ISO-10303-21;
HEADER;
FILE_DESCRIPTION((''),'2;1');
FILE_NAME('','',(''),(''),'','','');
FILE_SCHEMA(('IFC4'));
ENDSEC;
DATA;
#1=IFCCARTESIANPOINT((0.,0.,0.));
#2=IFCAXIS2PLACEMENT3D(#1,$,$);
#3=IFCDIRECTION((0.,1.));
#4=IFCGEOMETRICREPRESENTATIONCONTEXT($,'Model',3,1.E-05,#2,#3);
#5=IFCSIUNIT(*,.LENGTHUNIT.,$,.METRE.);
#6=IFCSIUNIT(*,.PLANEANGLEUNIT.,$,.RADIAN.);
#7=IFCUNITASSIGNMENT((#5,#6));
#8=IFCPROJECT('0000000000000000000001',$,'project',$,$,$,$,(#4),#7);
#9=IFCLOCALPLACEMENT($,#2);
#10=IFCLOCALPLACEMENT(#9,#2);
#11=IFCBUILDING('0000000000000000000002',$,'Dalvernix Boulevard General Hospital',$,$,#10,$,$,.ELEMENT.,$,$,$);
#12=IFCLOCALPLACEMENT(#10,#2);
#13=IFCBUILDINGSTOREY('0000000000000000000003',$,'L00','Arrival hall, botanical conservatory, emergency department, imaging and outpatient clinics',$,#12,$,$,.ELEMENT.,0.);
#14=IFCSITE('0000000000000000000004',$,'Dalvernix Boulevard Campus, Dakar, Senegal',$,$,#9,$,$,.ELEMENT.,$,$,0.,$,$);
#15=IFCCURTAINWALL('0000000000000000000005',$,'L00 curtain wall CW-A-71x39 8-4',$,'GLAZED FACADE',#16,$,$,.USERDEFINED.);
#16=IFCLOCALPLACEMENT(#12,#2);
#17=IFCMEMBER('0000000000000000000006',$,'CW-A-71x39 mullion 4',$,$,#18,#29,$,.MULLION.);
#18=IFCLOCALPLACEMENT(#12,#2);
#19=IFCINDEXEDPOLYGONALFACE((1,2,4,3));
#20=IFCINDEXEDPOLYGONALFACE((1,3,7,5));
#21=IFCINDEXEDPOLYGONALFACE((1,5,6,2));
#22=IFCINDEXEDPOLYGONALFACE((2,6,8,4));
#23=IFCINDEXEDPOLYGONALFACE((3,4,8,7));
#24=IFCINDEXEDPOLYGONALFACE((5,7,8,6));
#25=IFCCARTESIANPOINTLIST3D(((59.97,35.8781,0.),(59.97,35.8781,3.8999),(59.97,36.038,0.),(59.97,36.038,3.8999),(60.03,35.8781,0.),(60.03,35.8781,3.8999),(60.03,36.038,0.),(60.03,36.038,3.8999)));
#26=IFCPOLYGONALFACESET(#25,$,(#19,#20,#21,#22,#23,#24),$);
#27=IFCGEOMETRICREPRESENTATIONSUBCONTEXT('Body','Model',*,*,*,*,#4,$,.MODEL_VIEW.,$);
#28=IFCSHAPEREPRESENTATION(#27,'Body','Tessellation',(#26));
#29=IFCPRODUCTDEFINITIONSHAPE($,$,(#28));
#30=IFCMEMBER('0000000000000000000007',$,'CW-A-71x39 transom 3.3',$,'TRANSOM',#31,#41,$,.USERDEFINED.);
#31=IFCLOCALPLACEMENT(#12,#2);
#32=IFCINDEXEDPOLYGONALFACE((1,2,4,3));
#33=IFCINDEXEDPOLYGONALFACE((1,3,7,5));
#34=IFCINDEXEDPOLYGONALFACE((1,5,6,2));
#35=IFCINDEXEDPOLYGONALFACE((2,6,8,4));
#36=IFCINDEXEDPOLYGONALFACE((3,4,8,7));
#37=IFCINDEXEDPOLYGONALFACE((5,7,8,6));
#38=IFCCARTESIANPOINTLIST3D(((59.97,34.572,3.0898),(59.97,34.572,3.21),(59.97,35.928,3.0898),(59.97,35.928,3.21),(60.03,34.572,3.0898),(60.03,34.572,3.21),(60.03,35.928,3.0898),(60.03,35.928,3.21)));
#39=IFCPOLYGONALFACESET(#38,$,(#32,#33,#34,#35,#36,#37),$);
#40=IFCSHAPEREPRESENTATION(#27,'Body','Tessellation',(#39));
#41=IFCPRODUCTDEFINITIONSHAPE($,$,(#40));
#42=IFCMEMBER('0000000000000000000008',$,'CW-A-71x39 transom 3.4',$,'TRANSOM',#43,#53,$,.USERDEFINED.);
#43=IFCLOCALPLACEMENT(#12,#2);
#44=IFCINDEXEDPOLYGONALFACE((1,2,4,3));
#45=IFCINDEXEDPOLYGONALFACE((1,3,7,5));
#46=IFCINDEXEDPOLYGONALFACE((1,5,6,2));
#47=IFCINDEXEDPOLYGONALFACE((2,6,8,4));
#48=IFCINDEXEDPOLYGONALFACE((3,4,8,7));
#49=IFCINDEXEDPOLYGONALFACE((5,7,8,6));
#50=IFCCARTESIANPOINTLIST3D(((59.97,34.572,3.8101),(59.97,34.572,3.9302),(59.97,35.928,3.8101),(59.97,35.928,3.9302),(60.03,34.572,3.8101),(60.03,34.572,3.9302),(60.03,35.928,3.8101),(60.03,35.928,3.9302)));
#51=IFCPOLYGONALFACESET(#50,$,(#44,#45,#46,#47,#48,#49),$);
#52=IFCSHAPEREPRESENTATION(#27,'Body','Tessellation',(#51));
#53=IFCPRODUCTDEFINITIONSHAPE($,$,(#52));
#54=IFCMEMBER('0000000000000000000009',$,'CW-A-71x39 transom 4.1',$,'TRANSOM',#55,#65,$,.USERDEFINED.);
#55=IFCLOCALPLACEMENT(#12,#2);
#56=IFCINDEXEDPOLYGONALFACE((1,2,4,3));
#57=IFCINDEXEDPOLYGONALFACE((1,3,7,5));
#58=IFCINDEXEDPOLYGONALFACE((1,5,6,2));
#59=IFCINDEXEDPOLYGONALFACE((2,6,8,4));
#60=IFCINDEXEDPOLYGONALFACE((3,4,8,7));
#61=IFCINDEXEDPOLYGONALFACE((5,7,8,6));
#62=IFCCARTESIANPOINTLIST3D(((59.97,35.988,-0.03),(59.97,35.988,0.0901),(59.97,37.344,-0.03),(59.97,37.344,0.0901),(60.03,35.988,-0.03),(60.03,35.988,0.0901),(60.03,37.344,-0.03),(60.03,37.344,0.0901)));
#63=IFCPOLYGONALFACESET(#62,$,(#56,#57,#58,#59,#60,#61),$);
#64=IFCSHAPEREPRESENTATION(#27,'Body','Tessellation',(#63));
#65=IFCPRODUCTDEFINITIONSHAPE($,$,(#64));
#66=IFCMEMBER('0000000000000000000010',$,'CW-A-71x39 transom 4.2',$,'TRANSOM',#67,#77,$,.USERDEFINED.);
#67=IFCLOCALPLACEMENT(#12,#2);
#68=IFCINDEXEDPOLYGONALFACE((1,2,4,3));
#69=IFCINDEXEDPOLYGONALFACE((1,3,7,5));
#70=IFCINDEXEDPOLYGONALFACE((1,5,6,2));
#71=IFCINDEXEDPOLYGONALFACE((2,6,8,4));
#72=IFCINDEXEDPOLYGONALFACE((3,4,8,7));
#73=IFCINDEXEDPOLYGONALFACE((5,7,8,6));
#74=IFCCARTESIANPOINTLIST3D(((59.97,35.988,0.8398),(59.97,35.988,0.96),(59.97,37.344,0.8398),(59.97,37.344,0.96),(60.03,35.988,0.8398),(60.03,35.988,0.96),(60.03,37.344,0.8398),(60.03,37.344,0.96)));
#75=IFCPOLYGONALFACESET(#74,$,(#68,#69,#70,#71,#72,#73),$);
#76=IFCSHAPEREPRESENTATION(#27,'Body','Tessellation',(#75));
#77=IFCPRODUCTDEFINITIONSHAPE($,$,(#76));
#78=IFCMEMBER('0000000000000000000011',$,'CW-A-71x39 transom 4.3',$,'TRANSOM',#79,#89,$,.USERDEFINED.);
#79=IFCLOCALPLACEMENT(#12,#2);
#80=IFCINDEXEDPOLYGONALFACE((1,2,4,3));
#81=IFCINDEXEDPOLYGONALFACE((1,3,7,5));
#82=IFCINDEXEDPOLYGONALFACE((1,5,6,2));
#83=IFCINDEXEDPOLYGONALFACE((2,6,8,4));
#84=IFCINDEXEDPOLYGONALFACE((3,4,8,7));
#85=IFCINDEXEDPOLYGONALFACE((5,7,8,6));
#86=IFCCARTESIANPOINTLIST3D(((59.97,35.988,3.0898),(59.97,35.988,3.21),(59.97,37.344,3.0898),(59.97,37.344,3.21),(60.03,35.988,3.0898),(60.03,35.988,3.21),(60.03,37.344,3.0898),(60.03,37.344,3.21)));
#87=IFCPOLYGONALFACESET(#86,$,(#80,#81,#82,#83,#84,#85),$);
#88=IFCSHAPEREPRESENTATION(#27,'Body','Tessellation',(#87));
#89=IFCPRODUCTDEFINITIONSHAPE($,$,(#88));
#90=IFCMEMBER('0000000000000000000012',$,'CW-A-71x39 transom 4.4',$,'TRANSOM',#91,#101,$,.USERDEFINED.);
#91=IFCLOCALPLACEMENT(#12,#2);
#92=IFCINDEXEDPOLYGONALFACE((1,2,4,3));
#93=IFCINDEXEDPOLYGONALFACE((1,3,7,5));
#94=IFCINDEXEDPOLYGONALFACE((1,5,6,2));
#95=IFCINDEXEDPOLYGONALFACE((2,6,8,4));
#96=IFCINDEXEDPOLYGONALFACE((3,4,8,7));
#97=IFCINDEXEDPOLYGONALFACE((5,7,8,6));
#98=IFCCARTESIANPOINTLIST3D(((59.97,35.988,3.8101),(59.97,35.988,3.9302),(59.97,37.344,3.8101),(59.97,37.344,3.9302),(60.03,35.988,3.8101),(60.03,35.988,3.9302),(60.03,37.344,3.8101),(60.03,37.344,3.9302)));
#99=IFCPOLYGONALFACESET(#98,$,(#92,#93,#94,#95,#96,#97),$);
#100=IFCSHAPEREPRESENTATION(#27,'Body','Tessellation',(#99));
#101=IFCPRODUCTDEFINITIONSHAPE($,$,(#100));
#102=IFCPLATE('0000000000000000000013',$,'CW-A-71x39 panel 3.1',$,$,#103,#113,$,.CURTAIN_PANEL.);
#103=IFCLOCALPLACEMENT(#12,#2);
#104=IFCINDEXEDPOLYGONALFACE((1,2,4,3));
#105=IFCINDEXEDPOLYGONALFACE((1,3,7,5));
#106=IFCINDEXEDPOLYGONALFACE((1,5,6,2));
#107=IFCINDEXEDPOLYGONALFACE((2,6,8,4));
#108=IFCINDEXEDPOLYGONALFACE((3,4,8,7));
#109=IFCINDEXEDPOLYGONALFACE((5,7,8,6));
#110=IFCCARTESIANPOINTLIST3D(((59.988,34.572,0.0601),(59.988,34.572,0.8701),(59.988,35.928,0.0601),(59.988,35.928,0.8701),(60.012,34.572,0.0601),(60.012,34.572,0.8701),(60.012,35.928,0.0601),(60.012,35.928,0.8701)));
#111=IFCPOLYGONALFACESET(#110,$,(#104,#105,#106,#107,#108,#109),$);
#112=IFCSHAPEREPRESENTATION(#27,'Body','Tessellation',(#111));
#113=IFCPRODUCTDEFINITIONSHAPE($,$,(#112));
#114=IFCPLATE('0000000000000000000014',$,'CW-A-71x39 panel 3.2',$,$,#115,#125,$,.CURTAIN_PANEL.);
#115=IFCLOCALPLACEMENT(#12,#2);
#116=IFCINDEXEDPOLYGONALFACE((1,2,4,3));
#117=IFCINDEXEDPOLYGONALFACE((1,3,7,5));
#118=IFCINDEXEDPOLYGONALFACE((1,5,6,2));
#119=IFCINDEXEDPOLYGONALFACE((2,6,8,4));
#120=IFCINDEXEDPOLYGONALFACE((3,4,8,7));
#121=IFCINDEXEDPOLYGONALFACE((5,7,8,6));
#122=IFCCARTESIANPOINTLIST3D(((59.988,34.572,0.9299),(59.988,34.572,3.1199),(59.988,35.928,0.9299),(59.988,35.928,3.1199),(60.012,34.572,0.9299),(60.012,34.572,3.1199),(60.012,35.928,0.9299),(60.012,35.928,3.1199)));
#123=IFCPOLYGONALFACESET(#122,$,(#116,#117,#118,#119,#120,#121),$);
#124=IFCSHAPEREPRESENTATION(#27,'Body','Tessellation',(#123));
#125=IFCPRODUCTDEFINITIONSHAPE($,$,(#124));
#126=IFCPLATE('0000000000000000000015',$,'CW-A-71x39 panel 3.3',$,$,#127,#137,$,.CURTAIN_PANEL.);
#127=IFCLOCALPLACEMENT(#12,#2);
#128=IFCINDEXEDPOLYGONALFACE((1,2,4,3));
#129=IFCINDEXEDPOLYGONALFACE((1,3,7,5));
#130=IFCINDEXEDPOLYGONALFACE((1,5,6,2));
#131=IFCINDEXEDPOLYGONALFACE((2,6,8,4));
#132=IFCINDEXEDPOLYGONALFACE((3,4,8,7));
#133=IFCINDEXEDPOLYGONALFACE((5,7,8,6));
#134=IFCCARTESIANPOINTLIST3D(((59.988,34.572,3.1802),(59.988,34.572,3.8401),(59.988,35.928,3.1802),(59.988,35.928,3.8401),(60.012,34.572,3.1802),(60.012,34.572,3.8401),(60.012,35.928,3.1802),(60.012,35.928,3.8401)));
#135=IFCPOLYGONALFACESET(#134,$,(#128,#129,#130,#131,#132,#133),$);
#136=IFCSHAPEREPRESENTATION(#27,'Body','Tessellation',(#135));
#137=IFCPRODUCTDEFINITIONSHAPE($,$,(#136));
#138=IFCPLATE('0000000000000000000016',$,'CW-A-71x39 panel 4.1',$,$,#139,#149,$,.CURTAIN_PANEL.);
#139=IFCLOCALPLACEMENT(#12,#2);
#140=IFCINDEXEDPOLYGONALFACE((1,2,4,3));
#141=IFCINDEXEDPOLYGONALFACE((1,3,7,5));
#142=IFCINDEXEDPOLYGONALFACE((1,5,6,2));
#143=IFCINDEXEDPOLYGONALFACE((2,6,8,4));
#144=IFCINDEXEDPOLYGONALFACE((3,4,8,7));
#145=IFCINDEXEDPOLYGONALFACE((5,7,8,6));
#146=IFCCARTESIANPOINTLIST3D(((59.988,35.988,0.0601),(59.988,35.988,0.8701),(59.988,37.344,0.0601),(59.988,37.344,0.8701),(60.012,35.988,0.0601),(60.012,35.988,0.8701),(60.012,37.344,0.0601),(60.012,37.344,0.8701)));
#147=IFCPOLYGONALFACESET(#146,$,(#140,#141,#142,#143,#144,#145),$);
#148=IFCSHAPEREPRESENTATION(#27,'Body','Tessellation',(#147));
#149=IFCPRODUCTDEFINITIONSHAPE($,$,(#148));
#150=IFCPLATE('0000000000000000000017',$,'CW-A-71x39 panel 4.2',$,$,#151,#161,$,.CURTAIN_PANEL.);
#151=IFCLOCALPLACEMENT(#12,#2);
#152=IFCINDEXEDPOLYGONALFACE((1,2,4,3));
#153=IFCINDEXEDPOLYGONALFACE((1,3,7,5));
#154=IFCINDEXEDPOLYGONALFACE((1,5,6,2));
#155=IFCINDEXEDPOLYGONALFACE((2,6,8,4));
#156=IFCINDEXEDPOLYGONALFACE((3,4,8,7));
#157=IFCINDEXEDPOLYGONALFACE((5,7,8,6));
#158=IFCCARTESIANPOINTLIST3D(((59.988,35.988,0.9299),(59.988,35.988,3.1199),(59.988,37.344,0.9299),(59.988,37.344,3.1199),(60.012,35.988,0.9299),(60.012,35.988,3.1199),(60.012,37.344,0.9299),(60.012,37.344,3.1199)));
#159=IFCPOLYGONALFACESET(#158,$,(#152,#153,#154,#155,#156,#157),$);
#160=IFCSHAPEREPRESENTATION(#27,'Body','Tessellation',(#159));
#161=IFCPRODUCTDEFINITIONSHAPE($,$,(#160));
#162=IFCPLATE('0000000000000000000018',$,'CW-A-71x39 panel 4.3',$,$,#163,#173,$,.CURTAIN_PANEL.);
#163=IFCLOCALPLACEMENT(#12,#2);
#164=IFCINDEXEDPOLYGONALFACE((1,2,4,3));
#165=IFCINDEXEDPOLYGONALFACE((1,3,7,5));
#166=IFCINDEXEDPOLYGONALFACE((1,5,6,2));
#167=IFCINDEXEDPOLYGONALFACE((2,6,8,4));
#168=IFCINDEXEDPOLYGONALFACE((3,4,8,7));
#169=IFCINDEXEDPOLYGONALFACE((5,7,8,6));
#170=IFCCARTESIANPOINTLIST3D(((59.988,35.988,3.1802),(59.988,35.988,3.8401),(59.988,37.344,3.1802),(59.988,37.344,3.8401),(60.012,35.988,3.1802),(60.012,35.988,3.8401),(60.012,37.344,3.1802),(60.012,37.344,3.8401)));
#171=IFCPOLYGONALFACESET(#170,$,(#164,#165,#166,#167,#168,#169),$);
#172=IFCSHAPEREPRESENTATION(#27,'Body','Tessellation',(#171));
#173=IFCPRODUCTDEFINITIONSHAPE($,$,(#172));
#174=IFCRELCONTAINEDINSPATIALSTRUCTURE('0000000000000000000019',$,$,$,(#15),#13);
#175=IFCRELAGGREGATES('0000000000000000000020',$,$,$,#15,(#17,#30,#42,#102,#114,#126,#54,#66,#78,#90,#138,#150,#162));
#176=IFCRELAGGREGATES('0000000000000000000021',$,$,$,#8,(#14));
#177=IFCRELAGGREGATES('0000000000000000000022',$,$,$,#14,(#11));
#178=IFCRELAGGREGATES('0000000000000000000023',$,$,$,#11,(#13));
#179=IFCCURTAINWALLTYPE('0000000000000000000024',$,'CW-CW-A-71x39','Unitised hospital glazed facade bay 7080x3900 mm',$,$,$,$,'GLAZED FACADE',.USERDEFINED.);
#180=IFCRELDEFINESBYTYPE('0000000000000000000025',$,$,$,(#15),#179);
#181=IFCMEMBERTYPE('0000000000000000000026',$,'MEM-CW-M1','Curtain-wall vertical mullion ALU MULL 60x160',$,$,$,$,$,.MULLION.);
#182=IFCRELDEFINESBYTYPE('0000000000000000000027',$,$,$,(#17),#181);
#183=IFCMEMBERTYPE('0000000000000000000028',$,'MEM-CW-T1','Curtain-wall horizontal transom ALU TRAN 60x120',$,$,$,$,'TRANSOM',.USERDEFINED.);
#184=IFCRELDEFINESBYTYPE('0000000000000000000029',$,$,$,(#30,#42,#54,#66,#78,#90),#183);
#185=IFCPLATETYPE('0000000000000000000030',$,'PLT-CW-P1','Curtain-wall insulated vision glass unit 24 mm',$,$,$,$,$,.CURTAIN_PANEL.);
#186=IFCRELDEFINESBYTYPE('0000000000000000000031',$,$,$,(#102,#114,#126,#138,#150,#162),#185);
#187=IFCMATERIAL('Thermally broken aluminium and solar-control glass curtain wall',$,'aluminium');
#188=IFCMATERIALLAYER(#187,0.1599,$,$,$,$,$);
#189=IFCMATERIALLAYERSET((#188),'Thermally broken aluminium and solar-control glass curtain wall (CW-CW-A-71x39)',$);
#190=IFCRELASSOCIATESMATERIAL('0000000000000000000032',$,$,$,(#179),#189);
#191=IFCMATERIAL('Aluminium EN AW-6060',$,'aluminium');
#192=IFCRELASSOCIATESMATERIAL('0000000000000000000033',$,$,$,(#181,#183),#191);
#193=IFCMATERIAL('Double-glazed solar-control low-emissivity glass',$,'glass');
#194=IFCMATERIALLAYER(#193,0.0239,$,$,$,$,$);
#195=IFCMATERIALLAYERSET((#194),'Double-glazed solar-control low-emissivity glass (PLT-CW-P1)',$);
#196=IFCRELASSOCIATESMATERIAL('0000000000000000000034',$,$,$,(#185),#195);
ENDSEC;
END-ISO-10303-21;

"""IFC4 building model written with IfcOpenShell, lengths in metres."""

from ifc_helpers import new_model, si_unit, direction, frame, origin, origin_2d, place, context, subcontext, project, spatial, rectangle, extrude, material, layer, layer_set, material_profile, profile_set, type_object, element, aggregate, save


model = new_model("IFC4")

# Units and contexts
model_context = context("Model", 3, precision=1e-05, world=origin(), true_north=direction((0.0, 1.0)))
body_context = subcontext(model_context, "Body", "Model", "MODEL_VIEW")
ifc_project = project(units=[si_unit("LENGTHUNIT", "METRE"), si_unit("PLANEANGLEUNIT", "RADIAN")], contexts=[model_context])

# Site, building, storey
site_placement = place(None, origin())
site = spatial("IfcSite", under=ifc_project, at=site_placement, Name="Dalvernix Boulevard Campus, Dakar, Senegal", CompositionType="ELEMENT", RefElevation=0.0)
building_placement = place(site_placement, origin())
building = spatial("IfcBuilding", under=site, at=building_placement, Name="Dalvernix Boulevard General Hospital", CompositionType="ELEMENT")
storey_placement = place(building_placement, origin())
storey = spatial("IfcBuildingStorey", under=building, at=storey_placement, Name="L00", Description="Arrival hall, botanical conservatory, emergency department, imaging and outpatient clinics", CompositionType="ELEMENT", Elevation=0.0)

# Curtain wall, members, plates
ifc_material_1 = material(Name="Thermally broken aluminium and solar-control glass curtain wall", Category="aluminium")
ifc_layer_1 = layer(ifc_material_1, 0.1599)
ifc_layer_set_1 = layer_set([ifc_layer_1], Name="Thermally broken aluminium and solar-control glass curtain wall (CW-CW-A-71x39)")
curtain_wall_type = type_object("IfcCurtainWallType", Name="CW-CW-A-71x39", Description="Unitised hospital glazed facade bay 7080x3900 mm", ElementType="GLAZED FACADE", PredefinedType="USERDEFINED", material=ifc_layer_set_1)
curtain_wall_placement = place(storey_placement, origin())
curtain_wall = element("IfcCurtainWall", 1, at=curtain_wall_placement, inside=storey, type_object=curtain_wall_type, Name="L00 curtain wall CW-A-71x39 8-4", ObjectType="GLAZED FACADE", PredefinedType="USERDEFINED")
ifc_material_2 = material(Name="Aluminium EN AW-6060", Category="aluminium")
ifc_material_profile_1 = material_profile(ifc_material_2, rectangle(XDim=0.0601, YDim=0.1599, at=origin_2d()), Name="ALU MULL 60x160")
ifc_profile_set_1 = profile_set([ifc_material_profile_1], Name="Aluminium EN AW-6060")
member_type_1 = type_object("IfcMemberType", Name="MEM-CW-M1", Description="Curtain-wall vertical mullion ALU MULL 60x160", PredefinedType="MULLION", material=ifc_profile_set_1)
member_1_placement = place(storey_placement, frame((60.0, 35.958, 0.0), z_axis=(0.0, 0.0, 1.0), x_axis=(-1.0, 0.0, 0.0)))
member_1 = element("IfcMember", 2, at=member_1_placement, type_object=member_type_1, Name="CW-A-71x39 mullion 4", PredefinedType="MULLION", context=body_context, shape_type="SweptSolid", body=[
    extrude(rectangle(XDim=0.0601, YDim=0.1599, at=origin_2d()), origin(), (0.0, 0.0, 1.0), 3.8999),
])
ifc_material_profile_2 = material_profile(ifc_material_2, rectangle(XDim=0.0601, YDim=0.1201, at=origin_2d()), Name="ALU TRAN 60x120")
ifc_profile_set_2 = profile_set([ifc_material_profile_2], Name="Aluminium EN AW-6060")
member_type_2 = type_object("IfcMemberType", Name="MEM-CW-T1", Description="Curtain-wall horizontal transom ALU TRAN 60x120", ElementType="TRANSOM", PredefinedType="USERDEFINED", material=ifc_profile_set_2)
member_2_placement = place(storey_placement, frame((60.0, 34.572, 3.1499), z_axis=(0.0, 1.0, 0.0), x_axis=(-1.0, 0.0, 0.0)))
member_2 = element("IfcMember", 3, at=member_2_placement, type_object=member_type_2, Name="CW-A-71x39 transom 3.3", ObjectType="TRANSOM", PredefinedType="USERDEFINED", context=body_context, shape_type="SweptSolid", body=[
    extrude(rectangle(XDim=0.0601, YDim=0.1201, at=origin_2d()), origin(), (0.0, 0.0, 1.0), 1.356),
])
member_3_placement = place(storey_placement, frame((60.0, 34.572, 3.8701), z_axis=(0.0, 1.0, 0.0), x_axis=(-1.0, 0.0, 0.0)))
member_3 = element("IfcMember", 4, at=member_3_placement, type_object=member_type_2, Name="CW-A-71x39 transom 3.4", ObjectType="TRANSOM", PredefinedType="USERDEFINED", context=body_context, shape_type="SweptSolid", body=[
    extrude(rectangle(XDim=0.0601, YDim=0.1201, at=origin_2d()), origin(), (0.0, 0.0, 1.0), 1.356),
])
member_4_placement = place(storey_placement, frame((60.0, 35.988, 0.03), z_axis=(0.0, 1.0, 0.0), x_axis=(-1.0, 0.0, 0.0)))
member_4 = element("IfcMember", 5, at=member_4_placement, type_object=member_type_2, Name="CW-A-71x39 transom 4.1", ObjectType="TRANSOM", PredefinedType="USERDEFINED", context=body_context, shape_type="SweptSolid", body=[
    extrude(rectangle(XDim=0.0601, YDim=0.1201, at=origin_2d()), origin(), (0.0, 0.0, 1.0), 1.356),
])
member_5_placement = place(storey_placement, frame((60.0, 35.988, 0.8999), z_axis=(0.0, 1.0, 0.0), x_axis=(-1.0, 0.0, 0.0)))
member_5 = element("IfcMember", 6, at=member_5_placement, type_object=member_type_2, Name="CW-A-71x39 transom 4.2", ObjectType="TRANSOM", PredefinedType="USERDEFINED", context=body_context, shape_type="SweptSolid", body=[
    extrude(rectangle(XDim=0.0601, YDim=0.1201, at=origin_2d()), origin(), (0.0, 0.0, 1.0), 1.356),
])
member_6_placement = place(storey_placement, frame((60.0, 35.988, 3.1499), z_axis=(0.0, 1.0, 0.0), x_axis=(-1.0, 0.0, 0.0)))
member_6 = element("IfcMember", 7, at=member_6_placement, type_object=member_type_2, Name="CW-A-71x39 transom 4.3", ObjectType="TRANSOM", PredefinedType="USERDEFINED", context=body_context, shape_type="SweptSolid", body=[
    extrude(rectangle(XDim=0.0601, YDim=0.1201, at=origin_2d()), origin(), (0.0, 0.0, 1.0), 1.356),
])
member_7_placement = place(storey_placement, frame((60.0, 35.988, 3.8701), z_axis=(0.0, 1.0, 0.0), x_axis=(-1.0, 0.0, 0.0)))
member_7 = element("IfcMember", 8, at=member_7_placement, type_object=member_type_2, Name="CW-A-71x39 transom 4.4", ObjectType="TRANSOM", PredefinedType="USERDEFINED", context=body_context, shape_type="SweptSolid", body=[
    extrude(rectangle(XDim=0.0601, YDim=0.1201, at=origin_2d()), origin(), (0.0, 0.0, 1.0), 1.356),
])
ifc_material_3 = material(Name="Double-glazed solar-control low-emissivity glass", Category="glass")
ifc_layer_2 = layer(ifc_material_3, 0.0239)
ifc_layer_set_2 = layer_set([ifc_layer_2], Name="Double-glazed solar-control low-emissivity glass (PLT-CW-P1)")
plate_type = type_object("IfcPlateType", Name="PLT-CW-P1", Description="Curtain-wall insulated vision glass unit 24 mm", PredefinedType="CURTAIN_PANEL", material=ifc_layer_set_2)
plate_1_placement = place(storey_placement, frame((60.0, 35.25, 0.0601), z_axis=(0.0, 0.0, 1.0), x_axis=(0.0, 1.0, 0.0)))
plate_1 = element("IfcPlate", 9, at=plate_1_placement, type_object=plate_type, Name="CW-A-71x39 panel 3.1", PredefinedType="CURTAIN_PANEL", context=body_context, shape_type="SweptSolid", body=[
    extrude(rectangle(XDim=1.356, YDim=0.0239, at=origin_2d()), origin(), (0.0, 0.0, 1.0), 0.8101),
])
plate_2_placement = place(storey_placement, frame((60.0, 35.25, 0.9299), z_axis=(0.0, 0.0, 1.0), x_axis=(0.0, 1.0, 0.0)))
plate_2 = element("IfcPlate", 10, at=plate_2_placement, type_object=plate_type, Name="CW-A-71x39 panel 3.2", PredefinedType="CURTAIN_PANEL", context=body_context, shape_type="SweptSolid", body=[
    extrude(rectangle(XDim=1.356, YDim=0.0239, at=origin_2d()), origin(), (0.0, 0.0, 1.0), 2.1899),
])
plate_3_placement = place(storey_placement, frame((60.0, 35.25, 3.1802), z_axis=(0.0, 0.0, 1.0), x_axis=(0.0, 1.0, 0.0)))
plate_3 = element("IfcPlate", 11, at=plate_3_placement, type_object=plate_type, Name="CW-A-71x39 panel 3.3", PredefinedType="CURTAIN_PANEL", context=body_context, shape_type="SweptSolid", body=[
    extrude(rectangle(XDim=1.356, YDim=0.0239, at=origin_2d()), origin(), (0.0, 0.0, 1.0), 0.6599),
])
plate_4_placement = place(storey_placement, frame((60.0, 36.666, 0.0601), z_axis=(0.0, 0.0, 1.0), x_axis=(0.0, 1.0, 0.0)))
plate_4 = element("IfcPlate", 12, at=plate_4_placement, type_object=plate_type, Name="CW-A-71x39 panel 4.1", PredefinedType="CURTAIN_PANEL", context=body_context, shape_type="SweptSolid", body=[
    extrude(rectangle(XDim=1.356, YDim=0.0239, at=origin_2d()), origin(), (0.0, 0.0, 1.0), 0.8101),
])
plate_5_placement = place(storey_placement, frame((60.0, 36.666, 0.9299), z_axis=(0.0, 0.0, 1.0), x_axis=(0.0, 1.0, 0.0)))
plate_5 = element("IfcPlate", 13, at=plate_5_placement, type_object=plate_type, Name="CW-A-71x39 panel 4.2", PredefinedType="CURTAIN_PANEL", context=body_context, shape_type="SweptSolid", body=[
    extrude(rectangle(XDim=1.356, YDim=0.0239, at=origin_2d()), origin(), (0.0, 0.0, 1.0), 2.1899),
])
plate_6_placement = place(storey_placement, frame((60.0, 36.666, 3.1802), z_axis=(0.0, 0.0, 1.0), x_axis=(0.0, 1.0, 0.0)))
plate_6 = element("IfcPlate", 14, at=plate_6_placement, type_object=plate_type, Name="CW-A-71x39 panel 4.3", PredefinedType="CURTAIN_PANEL", context=body_context, shape_type="SweptSolid", body=[
    extrude(rectangle(XDim=1.356, YDim=0.0239, at=origin_2d()), origin(), (0.0, 0.0, 1.0), 0.6599),
])
aggregate(curtain_wall, [member_1, member_2, member_3, plate_1, plate_2, plate_3, member_4, member_5, member_6, member_7, plate_4, plate_5, plate_6])

save(model, "model.ifc")
